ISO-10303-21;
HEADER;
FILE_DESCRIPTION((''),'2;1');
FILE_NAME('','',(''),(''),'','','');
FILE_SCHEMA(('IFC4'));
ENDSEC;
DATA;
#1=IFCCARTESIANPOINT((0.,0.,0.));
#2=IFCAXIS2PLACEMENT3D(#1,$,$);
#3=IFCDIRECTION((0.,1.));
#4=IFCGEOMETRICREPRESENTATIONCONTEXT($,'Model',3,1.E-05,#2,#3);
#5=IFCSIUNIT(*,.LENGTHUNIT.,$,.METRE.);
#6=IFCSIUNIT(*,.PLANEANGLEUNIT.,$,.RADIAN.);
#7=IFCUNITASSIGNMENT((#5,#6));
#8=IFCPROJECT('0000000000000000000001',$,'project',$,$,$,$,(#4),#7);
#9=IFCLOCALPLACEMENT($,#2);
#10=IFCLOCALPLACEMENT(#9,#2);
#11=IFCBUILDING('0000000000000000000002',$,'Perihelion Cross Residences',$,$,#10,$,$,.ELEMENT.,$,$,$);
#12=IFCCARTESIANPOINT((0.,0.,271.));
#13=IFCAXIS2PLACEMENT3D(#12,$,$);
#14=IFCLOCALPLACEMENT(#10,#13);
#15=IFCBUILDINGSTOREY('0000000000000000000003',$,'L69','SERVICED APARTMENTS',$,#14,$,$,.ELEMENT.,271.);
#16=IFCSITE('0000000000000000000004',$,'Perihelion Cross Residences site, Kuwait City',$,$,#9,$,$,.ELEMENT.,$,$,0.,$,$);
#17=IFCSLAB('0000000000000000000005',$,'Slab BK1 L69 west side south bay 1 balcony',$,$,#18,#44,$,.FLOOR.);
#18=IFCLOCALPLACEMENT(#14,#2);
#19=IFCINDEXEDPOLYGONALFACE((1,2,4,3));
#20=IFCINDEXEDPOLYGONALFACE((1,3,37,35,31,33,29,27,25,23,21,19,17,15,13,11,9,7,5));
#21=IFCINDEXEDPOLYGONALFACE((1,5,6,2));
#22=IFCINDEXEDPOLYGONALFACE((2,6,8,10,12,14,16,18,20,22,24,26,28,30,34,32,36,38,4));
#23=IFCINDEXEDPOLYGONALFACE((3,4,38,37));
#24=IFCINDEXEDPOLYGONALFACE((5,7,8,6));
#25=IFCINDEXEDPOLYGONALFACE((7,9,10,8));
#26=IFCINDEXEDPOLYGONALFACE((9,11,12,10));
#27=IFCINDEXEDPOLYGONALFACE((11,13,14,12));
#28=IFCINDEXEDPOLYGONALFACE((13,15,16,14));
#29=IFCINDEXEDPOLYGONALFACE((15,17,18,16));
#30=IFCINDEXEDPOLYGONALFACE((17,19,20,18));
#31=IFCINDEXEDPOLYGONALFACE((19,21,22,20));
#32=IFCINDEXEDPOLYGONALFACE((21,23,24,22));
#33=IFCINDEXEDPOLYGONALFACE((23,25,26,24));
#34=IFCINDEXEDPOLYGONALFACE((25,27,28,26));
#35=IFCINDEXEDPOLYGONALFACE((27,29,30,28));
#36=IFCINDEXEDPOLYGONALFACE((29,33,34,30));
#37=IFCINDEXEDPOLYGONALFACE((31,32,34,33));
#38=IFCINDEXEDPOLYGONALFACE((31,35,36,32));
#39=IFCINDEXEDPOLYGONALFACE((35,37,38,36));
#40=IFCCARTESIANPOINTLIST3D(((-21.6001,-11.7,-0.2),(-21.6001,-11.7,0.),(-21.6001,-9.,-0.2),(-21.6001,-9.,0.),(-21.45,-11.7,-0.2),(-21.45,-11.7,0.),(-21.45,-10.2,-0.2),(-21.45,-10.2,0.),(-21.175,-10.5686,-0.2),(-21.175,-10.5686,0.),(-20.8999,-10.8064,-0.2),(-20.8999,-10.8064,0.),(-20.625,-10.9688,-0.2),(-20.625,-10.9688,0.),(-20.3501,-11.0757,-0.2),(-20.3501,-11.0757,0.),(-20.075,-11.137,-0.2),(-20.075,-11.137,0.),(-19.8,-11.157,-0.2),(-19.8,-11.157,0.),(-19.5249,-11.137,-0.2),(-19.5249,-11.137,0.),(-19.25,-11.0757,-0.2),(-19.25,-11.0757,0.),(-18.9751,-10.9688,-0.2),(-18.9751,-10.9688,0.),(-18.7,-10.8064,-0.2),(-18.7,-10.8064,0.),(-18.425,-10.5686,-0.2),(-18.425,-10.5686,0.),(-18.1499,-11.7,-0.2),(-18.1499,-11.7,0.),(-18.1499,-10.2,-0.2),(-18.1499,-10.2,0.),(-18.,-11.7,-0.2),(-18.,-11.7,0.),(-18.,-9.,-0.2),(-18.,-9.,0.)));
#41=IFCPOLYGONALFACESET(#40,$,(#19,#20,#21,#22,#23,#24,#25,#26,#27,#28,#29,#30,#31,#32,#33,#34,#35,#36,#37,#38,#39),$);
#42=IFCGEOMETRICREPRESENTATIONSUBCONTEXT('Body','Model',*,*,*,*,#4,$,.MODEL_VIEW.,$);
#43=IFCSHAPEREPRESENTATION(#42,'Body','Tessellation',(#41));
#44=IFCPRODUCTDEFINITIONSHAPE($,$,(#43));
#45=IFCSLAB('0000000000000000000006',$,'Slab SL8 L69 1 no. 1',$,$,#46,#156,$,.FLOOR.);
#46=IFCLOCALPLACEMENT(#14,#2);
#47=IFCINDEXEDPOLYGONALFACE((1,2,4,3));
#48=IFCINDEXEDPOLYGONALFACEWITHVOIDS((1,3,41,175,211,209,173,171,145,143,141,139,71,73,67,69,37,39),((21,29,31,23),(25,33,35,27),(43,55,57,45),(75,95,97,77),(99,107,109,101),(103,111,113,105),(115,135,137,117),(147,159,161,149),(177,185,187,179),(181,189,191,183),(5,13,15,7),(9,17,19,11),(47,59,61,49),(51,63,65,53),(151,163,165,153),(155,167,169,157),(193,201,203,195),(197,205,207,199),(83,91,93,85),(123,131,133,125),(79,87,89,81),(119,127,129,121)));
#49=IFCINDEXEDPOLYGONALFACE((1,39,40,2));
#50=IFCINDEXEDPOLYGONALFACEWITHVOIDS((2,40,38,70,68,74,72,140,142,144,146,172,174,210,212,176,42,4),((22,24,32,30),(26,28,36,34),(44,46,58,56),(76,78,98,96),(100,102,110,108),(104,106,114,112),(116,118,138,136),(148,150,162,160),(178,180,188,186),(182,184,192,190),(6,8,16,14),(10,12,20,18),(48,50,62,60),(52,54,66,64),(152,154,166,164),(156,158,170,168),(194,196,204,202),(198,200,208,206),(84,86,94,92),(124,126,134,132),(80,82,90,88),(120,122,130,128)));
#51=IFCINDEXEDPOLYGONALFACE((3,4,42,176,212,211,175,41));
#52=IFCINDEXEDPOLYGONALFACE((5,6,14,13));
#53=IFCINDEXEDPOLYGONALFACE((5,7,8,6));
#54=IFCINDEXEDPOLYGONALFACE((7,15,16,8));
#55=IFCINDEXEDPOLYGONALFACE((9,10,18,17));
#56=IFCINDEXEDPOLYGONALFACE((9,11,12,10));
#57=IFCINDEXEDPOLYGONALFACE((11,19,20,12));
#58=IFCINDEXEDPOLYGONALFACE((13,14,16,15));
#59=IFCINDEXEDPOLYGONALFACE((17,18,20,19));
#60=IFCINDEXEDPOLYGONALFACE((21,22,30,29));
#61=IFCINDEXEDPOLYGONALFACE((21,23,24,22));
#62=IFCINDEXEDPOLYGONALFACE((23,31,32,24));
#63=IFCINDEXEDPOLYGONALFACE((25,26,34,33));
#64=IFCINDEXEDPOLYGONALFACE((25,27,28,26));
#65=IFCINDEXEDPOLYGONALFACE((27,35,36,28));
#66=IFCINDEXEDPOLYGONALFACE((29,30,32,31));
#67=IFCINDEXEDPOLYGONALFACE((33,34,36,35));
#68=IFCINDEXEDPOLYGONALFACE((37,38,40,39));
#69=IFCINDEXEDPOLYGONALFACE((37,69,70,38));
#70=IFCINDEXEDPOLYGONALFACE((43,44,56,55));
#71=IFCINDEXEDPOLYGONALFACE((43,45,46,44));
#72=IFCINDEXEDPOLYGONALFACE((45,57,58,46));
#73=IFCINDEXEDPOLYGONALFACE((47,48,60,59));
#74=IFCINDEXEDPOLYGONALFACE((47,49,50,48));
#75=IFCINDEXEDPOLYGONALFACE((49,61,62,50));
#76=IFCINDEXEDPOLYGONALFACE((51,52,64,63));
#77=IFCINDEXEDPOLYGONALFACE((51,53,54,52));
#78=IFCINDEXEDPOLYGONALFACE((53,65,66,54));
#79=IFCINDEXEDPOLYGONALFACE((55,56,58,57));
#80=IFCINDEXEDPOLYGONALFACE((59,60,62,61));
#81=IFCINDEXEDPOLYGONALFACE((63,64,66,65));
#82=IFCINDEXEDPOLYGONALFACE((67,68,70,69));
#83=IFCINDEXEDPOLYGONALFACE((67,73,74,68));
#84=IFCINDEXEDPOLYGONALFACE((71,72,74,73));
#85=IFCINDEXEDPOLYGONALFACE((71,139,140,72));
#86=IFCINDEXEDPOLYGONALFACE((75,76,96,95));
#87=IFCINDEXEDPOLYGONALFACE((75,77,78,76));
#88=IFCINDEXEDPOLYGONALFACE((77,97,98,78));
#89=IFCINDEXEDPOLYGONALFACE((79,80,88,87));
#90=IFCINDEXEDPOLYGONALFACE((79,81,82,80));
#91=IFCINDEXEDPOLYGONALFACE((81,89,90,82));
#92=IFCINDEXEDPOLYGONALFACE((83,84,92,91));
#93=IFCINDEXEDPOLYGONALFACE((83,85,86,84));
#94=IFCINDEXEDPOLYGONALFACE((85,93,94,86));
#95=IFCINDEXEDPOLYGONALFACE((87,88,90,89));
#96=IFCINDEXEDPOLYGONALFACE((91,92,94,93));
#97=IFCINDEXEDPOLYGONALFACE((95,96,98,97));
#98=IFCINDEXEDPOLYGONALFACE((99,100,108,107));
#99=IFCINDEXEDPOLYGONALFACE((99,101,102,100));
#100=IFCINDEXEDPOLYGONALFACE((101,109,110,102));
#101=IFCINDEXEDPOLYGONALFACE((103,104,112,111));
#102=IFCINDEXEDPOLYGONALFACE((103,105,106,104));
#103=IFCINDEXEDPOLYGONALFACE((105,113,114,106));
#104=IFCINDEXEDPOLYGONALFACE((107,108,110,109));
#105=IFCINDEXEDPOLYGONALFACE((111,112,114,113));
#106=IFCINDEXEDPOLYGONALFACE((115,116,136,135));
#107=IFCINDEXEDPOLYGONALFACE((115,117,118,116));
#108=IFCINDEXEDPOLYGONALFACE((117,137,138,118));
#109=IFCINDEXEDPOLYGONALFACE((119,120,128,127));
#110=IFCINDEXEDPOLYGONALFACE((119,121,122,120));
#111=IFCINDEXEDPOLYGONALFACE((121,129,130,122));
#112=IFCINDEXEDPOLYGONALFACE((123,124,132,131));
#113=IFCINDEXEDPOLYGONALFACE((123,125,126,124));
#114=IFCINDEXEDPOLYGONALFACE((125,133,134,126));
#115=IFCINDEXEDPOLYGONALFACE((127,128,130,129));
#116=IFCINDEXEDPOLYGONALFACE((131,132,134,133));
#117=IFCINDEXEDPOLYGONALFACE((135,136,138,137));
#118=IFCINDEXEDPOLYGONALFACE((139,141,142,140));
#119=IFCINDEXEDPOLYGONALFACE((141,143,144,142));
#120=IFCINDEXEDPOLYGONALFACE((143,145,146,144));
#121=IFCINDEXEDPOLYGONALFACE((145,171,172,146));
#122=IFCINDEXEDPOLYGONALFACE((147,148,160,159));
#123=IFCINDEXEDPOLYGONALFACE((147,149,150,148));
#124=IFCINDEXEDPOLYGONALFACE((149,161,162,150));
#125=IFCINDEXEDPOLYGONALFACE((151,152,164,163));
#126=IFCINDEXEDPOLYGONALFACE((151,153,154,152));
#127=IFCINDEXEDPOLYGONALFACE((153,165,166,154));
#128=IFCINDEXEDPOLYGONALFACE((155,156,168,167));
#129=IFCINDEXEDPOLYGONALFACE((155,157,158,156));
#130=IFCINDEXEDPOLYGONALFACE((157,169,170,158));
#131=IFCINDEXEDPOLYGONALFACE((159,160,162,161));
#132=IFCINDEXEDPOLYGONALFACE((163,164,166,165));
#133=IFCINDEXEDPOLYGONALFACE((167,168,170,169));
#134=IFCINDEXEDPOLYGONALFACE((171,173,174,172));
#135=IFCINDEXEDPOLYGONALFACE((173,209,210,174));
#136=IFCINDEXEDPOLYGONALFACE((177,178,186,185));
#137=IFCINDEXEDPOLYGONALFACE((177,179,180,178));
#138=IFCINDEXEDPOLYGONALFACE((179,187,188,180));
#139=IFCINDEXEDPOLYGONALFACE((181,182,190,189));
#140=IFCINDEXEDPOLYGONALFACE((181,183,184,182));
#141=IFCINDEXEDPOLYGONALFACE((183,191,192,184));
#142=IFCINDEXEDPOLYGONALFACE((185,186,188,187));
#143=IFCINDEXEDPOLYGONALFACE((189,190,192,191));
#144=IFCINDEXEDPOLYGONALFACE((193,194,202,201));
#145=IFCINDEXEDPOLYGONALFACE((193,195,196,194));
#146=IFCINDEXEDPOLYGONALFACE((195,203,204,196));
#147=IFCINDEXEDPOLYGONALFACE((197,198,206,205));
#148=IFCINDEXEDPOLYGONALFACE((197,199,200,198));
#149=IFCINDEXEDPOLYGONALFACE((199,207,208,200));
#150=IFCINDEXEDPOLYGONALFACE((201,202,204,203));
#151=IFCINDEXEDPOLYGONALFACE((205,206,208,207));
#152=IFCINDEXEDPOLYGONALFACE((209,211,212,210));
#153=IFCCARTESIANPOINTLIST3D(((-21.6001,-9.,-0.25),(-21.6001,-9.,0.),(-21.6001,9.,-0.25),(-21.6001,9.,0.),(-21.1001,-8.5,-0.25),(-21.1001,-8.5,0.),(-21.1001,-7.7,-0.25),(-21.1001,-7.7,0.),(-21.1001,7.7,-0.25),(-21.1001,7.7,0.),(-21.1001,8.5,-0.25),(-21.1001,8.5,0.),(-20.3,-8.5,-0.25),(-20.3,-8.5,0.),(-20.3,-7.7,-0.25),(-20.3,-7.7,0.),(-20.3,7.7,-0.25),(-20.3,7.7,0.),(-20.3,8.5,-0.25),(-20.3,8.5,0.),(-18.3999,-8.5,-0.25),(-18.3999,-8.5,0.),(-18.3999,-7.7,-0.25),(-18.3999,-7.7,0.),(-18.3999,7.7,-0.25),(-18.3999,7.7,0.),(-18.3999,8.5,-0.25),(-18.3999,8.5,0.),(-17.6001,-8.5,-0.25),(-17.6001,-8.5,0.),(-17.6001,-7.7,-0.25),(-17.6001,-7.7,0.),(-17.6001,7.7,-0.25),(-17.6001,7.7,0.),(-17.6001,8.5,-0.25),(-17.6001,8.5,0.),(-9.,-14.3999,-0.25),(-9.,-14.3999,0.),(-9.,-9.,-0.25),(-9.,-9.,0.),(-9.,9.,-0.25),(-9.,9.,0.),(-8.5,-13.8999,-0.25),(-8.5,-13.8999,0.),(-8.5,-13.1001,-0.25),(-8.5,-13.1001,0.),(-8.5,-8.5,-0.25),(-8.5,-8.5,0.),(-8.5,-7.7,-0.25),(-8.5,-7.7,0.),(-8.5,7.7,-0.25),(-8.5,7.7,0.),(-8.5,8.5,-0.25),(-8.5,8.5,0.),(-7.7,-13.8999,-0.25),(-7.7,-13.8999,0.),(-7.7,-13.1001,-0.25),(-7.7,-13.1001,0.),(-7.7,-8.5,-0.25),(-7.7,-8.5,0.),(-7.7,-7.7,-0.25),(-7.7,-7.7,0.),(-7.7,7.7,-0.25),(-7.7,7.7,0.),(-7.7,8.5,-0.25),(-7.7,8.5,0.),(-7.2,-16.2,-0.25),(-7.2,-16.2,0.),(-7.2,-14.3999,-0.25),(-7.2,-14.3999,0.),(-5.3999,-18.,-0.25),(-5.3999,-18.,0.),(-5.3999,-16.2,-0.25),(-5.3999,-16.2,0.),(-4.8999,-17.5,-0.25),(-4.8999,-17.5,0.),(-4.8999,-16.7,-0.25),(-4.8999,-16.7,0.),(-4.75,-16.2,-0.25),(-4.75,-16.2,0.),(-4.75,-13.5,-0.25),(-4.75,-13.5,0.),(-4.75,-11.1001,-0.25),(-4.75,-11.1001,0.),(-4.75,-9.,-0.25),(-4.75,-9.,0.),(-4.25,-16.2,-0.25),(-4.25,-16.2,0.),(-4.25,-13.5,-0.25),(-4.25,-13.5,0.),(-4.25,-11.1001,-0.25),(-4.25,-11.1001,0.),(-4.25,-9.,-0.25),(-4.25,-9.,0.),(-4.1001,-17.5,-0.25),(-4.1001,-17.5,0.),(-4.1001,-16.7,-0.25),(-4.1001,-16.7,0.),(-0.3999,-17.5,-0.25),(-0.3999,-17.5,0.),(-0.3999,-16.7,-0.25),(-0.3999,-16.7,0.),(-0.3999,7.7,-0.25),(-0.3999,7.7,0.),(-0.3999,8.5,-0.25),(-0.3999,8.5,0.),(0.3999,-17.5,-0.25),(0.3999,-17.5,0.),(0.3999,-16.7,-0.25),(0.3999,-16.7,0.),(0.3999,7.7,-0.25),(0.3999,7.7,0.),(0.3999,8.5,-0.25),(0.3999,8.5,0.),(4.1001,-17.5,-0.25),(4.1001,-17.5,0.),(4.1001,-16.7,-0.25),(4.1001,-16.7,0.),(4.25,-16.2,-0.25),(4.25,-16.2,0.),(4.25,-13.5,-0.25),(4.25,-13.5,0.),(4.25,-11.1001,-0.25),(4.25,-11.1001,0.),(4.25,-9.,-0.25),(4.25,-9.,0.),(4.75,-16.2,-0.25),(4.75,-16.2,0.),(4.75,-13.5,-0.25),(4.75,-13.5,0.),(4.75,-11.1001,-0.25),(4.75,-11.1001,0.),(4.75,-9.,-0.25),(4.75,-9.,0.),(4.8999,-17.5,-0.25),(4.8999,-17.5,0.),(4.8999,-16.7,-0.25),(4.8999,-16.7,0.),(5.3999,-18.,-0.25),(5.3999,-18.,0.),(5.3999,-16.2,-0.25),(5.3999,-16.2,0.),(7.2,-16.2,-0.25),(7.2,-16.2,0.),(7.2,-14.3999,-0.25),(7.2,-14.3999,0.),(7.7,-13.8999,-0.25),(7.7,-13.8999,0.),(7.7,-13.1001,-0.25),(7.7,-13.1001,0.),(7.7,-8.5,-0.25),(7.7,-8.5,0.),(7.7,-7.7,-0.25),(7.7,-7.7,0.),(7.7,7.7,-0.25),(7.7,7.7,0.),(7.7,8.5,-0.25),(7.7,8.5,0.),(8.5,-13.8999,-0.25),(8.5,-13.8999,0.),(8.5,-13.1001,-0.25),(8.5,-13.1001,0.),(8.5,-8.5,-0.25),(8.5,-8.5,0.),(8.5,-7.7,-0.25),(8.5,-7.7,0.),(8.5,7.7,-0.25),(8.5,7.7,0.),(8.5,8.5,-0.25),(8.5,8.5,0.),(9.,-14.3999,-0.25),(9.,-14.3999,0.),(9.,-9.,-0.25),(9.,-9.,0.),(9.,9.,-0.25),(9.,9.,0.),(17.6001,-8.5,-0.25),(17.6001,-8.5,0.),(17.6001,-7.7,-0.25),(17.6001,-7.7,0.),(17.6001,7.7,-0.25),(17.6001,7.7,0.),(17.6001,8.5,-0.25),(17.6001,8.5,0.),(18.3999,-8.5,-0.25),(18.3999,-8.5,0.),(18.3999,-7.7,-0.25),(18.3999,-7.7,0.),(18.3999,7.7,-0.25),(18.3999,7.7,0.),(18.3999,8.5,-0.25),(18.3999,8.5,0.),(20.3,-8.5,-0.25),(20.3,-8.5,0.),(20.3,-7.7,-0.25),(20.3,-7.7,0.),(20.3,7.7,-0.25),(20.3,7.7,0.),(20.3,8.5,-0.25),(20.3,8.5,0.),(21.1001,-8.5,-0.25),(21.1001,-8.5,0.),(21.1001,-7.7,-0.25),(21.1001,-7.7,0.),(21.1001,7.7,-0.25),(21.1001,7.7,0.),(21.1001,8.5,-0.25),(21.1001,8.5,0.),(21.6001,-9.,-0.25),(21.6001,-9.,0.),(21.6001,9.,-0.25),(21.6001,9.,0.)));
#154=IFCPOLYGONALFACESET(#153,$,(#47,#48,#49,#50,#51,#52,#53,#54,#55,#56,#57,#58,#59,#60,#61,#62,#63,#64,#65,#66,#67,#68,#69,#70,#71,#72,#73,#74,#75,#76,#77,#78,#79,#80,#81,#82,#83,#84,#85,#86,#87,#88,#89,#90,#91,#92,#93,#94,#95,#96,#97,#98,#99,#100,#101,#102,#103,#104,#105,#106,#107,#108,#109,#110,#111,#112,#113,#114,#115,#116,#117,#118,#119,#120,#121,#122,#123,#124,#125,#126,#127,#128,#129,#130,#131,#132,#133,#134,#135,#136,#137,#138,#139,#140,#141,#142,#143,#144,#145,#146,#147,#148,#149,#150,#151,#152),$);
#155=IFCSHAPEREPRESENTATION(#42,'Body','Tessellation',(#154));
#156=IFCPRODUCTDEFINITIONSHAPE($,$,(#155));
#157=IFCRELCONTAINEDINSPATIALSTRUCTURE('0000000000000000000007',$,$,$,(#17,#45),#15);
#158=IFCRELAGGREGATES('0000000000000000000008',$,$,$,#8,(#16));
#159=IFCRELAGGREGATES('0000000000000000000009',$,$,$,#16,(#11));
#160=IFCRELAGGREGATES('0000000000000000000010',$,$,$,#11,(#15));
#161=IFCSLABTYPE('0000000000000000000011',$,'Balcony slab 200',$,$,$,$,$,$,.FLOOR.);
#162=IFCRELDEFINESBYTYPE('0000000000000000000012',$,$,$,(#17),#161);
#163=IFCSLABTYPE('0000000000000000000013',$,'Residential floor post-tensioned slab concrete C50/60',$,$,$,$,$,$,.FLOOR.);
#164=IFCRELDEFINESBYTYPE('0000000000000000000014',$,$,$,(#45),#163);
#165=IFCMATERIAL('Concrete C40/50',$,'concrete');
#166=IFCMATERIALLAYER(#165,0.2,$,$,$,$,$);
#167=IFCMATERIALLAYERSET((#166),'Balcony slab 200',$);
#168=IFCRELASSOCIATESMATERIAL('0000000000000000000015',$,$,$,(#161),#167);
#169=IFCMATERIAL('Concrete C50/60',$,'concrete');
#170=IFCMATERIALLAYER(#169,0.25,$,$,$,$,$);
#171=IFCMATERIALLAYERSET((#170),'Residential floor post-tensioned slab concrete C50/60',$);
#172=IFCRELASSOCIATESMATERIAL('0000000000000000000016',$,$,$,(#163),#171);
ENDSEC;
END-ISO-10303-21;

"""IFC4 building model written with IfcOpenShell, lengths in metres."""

from ifc_helpers import new_model, si_unit, direction, frame, origin, place, context, subcontext, project, spatial, polyline, outline, extrude, material, layer, layer_set, type_object, element, save


model = new_model("IFC4")

# Units and contexts
model_context = context("Model", 3, precision=1e-05, world=origin(), true_north=direction((0.0, 1.0)))
body_context = subcontext(model_context, "Body", "Model", "MODEL_VIEW")
ifc_project = project(units=[si_unit("LENGTHUNIT", "METRE"), si_unit("PLANEANGLEUNIT", "RADIAN")], contexts=[model_context])

# Site, building, storey
site_placement = place(None, origin())
site = spatial("IfcSite", under=ifc_project, at=site_placement, Name="Perihelion Cross Residences site, Kuwait City", CompositionType="ELEMENT", RefElevation=0.0)
building_placement = place(site_placement, origin())
building = spatial("IfcBuilding", under=site, at=building_placement, Name="Perihelion Cross Residences", CompositionType="ELEMENT")
storey_placement = place(building_placement, frame((0.0, 0.0, 271.0)))
storey = spatial("IfcBuildingStorey", under=building, at=storey_placement, Name="L69", Description="SERVICED APARTMENTS", CompositionType="ELEMENT", Elevation=271.0)

# Slabs
ifc_material_1 = material(Name="Concrete C40/50", Category="concrete")
ifc_layer_1 = layer(ifc_material_1, 0.2)
ifc_layer_set_1 = layer_set([ifc_layer_1], Name="Balcony slab 200")
slab_type_1 = type_object("IfcSlabType", Name="Balcony slab 200", PredefinedType="FLOOR", material=ifc_layer_set_1)
slab_1_placement = place(storey_placement, frame((0.0, 0.0, -0.2)))
element("IfcSlab", 1, at=slab_1_placement, inside=storey, type_object=slab_type_1, Name="Slab BK1 L69 west side south bay 1 balcony", PredefinedType="FLOOR", context=body_context, shape_type="SweptSolid", body=[
    extrude(outline(polyline([(-21.6001, -9.0), (-18.0, -9.0), (-18.0, -11.7), (-18.1499, -11.7), (-18.1499, -10.2), (-18.425, -10.5686), (-18.7, -10.8064), (-18.9751, -10.9688), (-19.25, -11.0757), (-19.5249, -11.137), (-19.8, -11.157), (-20.075, -11.137), (-20.3501, -11.0757), (-20.625, -10.9688), (-20.8999, -10.8064), (-21.175, -10.5686), (-21.45, -10.2), (-21.45, -11.7), (-21.6001, -11.7), (-21.6001, -9.0)])), origin(), (0.0, 0.0, 1.0), 0.2),
])
ifc_material_2 = material(Name="Concrete C50/60", Category="concrete")
ifc_layer_2 = layer(ifc_material_2, 0.25)
ifc_layer_set_2 = layer_set([ifc_layer_2], Name="Residential floor post-tensioned slab concrete C50/60")
slab_type_2 = type_object("IfcSlabType", Name="Residential floor post-tensioned slab concrete C50/60", PredefinedType="FLOOR", material=ifc_layer_set_2)
slab_2_placement = place(storey_placement, frame((0.0, 0.0, -0.25)))
element("IfcSlab", 2, at=slab_2_placement, inside=storey, type_object=slab_type_2, Name="Slab SL8 L69 1 no. 1", PredefinedType="FLOOR", context=body_context, shape_type="SweptSolid", body=[
    extrude(outline(polyline([(-9.0, 9.0), (9.0, 9.0), (21.6001, 9.0), (21.6001, -9.0), (9.0, -9.0), (9.0, -14.3999), (7.2, -14.3999), (7.2, -16.2), (5.3999, -16.2), (5.3999, -18.0), (-5.3999, -18.0), (-5.3999, -16.2), (-7.2, -16.2), (-7.2, -14.3999), (-9.0, -14.3999), (-9.0, -9.0), (-21.6001, -9.0), (-21.6001, 9.0), (-9.0, 9.0)]), holes=[polyline([(-4.1001, -16.7), (-4.8999, -16.7), (-4.8999, -17.5), (-4.1001, -17.5), (-4.1001, -16.7)]), polyline([(0.3999, -17.5), (0.3999, -16.7), (-0.3999, -16.7), (-0.3999, -17.5), (0.3999, -17.5)]), polyline([(-4.25, -16.2), (-4.25, -13.5), (-4.75, -13.5), (-4.75, -16.2), (-4.25, -16.2)]), polyline([(-7.7, -13.1001), (-8.5, -13.1001), (-8.5, -13.8999), (-7.7, -13.8999), (-7.7, -13.1001)]), polyline([(-4.25, -11.1001), (-4.25, -9.0), (-4.75, -9.0), (-4.75, -11.1001), (-4.25, -11.1001)]), polyline([(-20.3, -8.5), (-20.3, -7.7), (-21.1001, -7.7), (-21.1001, -8.5), (-20.3, -8.5)]), polyline([(-17.6001, -7.7), (-18.3999, -7.7), (-18.3999, -8.5), (-17.6001, -8.5), (-17.6001, -7.7)]), polyline([(-7.7, -8.5), (-7.7, -7.7), (-8.5, -7.7), (-8.5, -8.5), (-7.7, -8.5)]), polyline([(-20.3, 8.5), (-21.1001, 8.5), (-21.1001, 7.7), (-20.3, 7.7), (-20.3, 8.5)]), polyline([(-17.6001, 7.7), (-17.6001, 8.5), (-18.3999, 8.5), (-18.3999, 7.7), (-17.6001, 7.7)]), polyline([(-7.7, 7.7), (-7.7, 8.5), (-8.5, 8.5), (-8.5, 7.7), (-7.7, 7.7)]), polyline([(4.8999, -16.7), (4.1001, -16.7), (4.1001, -17.5), (4.8999, -17.5), (4.8999, -16.7)]), polyline([(4.75, -16.2), (4.75, -13.5), (4.25, -13.5), (4.25, -16.2), (4.75, -16.2)]), polyline([(8.5, -13.8999), (8.5, -13.1001), (7.7, -13.1001), (7.7, -13.8999), (8.5, -13.8999)]), polyline([(4.75, -9.0), (4.25, -9.0), (4.25, -11.1001), (4.75, -11.1001), (4.75, -9.0)]), polyline([(8.5, -8.5), (8.5, -7.7), (7.7, -7.7), (7.7, -8.5), (8.5, -8.5)]), polyline([(18.3999, -8.5), (18.3999, -7.7), (17.6001, -7.7), (17.6001, -8.5), (18.3999, -8.5)]), polyline([(21.1001, -7.7), (20.3, -7.7), (20.3, -8.5), (21.1001, -8.5), (21.1001, -7.7)]), polyline([(0.3999, 7.7), (0.3999, 8.5), (-0.3999, 8.5), (-0.3999, 7.7), (0.3999, 7.7)]), polyline([(8.5, 8.5), (7.7, 8.5), (7.7, 7.7), (8.5, 7.7), (8.5, 8.5)]), polyline([(18.3999, 7.7), (18.3999, 8.5), (17.6001, 8.5), (17.6001, 7.7), (18.3999, 7.7)]), polyline([(21.1001, 7.7), (21.1001, 8.5), (20.3, 8.5), (20.3, 7.7), (21.1001, 7.7)])]), origin(), (0.0, 0.0, 1.0), 0.25),
])

save(model, "model.ifc")
